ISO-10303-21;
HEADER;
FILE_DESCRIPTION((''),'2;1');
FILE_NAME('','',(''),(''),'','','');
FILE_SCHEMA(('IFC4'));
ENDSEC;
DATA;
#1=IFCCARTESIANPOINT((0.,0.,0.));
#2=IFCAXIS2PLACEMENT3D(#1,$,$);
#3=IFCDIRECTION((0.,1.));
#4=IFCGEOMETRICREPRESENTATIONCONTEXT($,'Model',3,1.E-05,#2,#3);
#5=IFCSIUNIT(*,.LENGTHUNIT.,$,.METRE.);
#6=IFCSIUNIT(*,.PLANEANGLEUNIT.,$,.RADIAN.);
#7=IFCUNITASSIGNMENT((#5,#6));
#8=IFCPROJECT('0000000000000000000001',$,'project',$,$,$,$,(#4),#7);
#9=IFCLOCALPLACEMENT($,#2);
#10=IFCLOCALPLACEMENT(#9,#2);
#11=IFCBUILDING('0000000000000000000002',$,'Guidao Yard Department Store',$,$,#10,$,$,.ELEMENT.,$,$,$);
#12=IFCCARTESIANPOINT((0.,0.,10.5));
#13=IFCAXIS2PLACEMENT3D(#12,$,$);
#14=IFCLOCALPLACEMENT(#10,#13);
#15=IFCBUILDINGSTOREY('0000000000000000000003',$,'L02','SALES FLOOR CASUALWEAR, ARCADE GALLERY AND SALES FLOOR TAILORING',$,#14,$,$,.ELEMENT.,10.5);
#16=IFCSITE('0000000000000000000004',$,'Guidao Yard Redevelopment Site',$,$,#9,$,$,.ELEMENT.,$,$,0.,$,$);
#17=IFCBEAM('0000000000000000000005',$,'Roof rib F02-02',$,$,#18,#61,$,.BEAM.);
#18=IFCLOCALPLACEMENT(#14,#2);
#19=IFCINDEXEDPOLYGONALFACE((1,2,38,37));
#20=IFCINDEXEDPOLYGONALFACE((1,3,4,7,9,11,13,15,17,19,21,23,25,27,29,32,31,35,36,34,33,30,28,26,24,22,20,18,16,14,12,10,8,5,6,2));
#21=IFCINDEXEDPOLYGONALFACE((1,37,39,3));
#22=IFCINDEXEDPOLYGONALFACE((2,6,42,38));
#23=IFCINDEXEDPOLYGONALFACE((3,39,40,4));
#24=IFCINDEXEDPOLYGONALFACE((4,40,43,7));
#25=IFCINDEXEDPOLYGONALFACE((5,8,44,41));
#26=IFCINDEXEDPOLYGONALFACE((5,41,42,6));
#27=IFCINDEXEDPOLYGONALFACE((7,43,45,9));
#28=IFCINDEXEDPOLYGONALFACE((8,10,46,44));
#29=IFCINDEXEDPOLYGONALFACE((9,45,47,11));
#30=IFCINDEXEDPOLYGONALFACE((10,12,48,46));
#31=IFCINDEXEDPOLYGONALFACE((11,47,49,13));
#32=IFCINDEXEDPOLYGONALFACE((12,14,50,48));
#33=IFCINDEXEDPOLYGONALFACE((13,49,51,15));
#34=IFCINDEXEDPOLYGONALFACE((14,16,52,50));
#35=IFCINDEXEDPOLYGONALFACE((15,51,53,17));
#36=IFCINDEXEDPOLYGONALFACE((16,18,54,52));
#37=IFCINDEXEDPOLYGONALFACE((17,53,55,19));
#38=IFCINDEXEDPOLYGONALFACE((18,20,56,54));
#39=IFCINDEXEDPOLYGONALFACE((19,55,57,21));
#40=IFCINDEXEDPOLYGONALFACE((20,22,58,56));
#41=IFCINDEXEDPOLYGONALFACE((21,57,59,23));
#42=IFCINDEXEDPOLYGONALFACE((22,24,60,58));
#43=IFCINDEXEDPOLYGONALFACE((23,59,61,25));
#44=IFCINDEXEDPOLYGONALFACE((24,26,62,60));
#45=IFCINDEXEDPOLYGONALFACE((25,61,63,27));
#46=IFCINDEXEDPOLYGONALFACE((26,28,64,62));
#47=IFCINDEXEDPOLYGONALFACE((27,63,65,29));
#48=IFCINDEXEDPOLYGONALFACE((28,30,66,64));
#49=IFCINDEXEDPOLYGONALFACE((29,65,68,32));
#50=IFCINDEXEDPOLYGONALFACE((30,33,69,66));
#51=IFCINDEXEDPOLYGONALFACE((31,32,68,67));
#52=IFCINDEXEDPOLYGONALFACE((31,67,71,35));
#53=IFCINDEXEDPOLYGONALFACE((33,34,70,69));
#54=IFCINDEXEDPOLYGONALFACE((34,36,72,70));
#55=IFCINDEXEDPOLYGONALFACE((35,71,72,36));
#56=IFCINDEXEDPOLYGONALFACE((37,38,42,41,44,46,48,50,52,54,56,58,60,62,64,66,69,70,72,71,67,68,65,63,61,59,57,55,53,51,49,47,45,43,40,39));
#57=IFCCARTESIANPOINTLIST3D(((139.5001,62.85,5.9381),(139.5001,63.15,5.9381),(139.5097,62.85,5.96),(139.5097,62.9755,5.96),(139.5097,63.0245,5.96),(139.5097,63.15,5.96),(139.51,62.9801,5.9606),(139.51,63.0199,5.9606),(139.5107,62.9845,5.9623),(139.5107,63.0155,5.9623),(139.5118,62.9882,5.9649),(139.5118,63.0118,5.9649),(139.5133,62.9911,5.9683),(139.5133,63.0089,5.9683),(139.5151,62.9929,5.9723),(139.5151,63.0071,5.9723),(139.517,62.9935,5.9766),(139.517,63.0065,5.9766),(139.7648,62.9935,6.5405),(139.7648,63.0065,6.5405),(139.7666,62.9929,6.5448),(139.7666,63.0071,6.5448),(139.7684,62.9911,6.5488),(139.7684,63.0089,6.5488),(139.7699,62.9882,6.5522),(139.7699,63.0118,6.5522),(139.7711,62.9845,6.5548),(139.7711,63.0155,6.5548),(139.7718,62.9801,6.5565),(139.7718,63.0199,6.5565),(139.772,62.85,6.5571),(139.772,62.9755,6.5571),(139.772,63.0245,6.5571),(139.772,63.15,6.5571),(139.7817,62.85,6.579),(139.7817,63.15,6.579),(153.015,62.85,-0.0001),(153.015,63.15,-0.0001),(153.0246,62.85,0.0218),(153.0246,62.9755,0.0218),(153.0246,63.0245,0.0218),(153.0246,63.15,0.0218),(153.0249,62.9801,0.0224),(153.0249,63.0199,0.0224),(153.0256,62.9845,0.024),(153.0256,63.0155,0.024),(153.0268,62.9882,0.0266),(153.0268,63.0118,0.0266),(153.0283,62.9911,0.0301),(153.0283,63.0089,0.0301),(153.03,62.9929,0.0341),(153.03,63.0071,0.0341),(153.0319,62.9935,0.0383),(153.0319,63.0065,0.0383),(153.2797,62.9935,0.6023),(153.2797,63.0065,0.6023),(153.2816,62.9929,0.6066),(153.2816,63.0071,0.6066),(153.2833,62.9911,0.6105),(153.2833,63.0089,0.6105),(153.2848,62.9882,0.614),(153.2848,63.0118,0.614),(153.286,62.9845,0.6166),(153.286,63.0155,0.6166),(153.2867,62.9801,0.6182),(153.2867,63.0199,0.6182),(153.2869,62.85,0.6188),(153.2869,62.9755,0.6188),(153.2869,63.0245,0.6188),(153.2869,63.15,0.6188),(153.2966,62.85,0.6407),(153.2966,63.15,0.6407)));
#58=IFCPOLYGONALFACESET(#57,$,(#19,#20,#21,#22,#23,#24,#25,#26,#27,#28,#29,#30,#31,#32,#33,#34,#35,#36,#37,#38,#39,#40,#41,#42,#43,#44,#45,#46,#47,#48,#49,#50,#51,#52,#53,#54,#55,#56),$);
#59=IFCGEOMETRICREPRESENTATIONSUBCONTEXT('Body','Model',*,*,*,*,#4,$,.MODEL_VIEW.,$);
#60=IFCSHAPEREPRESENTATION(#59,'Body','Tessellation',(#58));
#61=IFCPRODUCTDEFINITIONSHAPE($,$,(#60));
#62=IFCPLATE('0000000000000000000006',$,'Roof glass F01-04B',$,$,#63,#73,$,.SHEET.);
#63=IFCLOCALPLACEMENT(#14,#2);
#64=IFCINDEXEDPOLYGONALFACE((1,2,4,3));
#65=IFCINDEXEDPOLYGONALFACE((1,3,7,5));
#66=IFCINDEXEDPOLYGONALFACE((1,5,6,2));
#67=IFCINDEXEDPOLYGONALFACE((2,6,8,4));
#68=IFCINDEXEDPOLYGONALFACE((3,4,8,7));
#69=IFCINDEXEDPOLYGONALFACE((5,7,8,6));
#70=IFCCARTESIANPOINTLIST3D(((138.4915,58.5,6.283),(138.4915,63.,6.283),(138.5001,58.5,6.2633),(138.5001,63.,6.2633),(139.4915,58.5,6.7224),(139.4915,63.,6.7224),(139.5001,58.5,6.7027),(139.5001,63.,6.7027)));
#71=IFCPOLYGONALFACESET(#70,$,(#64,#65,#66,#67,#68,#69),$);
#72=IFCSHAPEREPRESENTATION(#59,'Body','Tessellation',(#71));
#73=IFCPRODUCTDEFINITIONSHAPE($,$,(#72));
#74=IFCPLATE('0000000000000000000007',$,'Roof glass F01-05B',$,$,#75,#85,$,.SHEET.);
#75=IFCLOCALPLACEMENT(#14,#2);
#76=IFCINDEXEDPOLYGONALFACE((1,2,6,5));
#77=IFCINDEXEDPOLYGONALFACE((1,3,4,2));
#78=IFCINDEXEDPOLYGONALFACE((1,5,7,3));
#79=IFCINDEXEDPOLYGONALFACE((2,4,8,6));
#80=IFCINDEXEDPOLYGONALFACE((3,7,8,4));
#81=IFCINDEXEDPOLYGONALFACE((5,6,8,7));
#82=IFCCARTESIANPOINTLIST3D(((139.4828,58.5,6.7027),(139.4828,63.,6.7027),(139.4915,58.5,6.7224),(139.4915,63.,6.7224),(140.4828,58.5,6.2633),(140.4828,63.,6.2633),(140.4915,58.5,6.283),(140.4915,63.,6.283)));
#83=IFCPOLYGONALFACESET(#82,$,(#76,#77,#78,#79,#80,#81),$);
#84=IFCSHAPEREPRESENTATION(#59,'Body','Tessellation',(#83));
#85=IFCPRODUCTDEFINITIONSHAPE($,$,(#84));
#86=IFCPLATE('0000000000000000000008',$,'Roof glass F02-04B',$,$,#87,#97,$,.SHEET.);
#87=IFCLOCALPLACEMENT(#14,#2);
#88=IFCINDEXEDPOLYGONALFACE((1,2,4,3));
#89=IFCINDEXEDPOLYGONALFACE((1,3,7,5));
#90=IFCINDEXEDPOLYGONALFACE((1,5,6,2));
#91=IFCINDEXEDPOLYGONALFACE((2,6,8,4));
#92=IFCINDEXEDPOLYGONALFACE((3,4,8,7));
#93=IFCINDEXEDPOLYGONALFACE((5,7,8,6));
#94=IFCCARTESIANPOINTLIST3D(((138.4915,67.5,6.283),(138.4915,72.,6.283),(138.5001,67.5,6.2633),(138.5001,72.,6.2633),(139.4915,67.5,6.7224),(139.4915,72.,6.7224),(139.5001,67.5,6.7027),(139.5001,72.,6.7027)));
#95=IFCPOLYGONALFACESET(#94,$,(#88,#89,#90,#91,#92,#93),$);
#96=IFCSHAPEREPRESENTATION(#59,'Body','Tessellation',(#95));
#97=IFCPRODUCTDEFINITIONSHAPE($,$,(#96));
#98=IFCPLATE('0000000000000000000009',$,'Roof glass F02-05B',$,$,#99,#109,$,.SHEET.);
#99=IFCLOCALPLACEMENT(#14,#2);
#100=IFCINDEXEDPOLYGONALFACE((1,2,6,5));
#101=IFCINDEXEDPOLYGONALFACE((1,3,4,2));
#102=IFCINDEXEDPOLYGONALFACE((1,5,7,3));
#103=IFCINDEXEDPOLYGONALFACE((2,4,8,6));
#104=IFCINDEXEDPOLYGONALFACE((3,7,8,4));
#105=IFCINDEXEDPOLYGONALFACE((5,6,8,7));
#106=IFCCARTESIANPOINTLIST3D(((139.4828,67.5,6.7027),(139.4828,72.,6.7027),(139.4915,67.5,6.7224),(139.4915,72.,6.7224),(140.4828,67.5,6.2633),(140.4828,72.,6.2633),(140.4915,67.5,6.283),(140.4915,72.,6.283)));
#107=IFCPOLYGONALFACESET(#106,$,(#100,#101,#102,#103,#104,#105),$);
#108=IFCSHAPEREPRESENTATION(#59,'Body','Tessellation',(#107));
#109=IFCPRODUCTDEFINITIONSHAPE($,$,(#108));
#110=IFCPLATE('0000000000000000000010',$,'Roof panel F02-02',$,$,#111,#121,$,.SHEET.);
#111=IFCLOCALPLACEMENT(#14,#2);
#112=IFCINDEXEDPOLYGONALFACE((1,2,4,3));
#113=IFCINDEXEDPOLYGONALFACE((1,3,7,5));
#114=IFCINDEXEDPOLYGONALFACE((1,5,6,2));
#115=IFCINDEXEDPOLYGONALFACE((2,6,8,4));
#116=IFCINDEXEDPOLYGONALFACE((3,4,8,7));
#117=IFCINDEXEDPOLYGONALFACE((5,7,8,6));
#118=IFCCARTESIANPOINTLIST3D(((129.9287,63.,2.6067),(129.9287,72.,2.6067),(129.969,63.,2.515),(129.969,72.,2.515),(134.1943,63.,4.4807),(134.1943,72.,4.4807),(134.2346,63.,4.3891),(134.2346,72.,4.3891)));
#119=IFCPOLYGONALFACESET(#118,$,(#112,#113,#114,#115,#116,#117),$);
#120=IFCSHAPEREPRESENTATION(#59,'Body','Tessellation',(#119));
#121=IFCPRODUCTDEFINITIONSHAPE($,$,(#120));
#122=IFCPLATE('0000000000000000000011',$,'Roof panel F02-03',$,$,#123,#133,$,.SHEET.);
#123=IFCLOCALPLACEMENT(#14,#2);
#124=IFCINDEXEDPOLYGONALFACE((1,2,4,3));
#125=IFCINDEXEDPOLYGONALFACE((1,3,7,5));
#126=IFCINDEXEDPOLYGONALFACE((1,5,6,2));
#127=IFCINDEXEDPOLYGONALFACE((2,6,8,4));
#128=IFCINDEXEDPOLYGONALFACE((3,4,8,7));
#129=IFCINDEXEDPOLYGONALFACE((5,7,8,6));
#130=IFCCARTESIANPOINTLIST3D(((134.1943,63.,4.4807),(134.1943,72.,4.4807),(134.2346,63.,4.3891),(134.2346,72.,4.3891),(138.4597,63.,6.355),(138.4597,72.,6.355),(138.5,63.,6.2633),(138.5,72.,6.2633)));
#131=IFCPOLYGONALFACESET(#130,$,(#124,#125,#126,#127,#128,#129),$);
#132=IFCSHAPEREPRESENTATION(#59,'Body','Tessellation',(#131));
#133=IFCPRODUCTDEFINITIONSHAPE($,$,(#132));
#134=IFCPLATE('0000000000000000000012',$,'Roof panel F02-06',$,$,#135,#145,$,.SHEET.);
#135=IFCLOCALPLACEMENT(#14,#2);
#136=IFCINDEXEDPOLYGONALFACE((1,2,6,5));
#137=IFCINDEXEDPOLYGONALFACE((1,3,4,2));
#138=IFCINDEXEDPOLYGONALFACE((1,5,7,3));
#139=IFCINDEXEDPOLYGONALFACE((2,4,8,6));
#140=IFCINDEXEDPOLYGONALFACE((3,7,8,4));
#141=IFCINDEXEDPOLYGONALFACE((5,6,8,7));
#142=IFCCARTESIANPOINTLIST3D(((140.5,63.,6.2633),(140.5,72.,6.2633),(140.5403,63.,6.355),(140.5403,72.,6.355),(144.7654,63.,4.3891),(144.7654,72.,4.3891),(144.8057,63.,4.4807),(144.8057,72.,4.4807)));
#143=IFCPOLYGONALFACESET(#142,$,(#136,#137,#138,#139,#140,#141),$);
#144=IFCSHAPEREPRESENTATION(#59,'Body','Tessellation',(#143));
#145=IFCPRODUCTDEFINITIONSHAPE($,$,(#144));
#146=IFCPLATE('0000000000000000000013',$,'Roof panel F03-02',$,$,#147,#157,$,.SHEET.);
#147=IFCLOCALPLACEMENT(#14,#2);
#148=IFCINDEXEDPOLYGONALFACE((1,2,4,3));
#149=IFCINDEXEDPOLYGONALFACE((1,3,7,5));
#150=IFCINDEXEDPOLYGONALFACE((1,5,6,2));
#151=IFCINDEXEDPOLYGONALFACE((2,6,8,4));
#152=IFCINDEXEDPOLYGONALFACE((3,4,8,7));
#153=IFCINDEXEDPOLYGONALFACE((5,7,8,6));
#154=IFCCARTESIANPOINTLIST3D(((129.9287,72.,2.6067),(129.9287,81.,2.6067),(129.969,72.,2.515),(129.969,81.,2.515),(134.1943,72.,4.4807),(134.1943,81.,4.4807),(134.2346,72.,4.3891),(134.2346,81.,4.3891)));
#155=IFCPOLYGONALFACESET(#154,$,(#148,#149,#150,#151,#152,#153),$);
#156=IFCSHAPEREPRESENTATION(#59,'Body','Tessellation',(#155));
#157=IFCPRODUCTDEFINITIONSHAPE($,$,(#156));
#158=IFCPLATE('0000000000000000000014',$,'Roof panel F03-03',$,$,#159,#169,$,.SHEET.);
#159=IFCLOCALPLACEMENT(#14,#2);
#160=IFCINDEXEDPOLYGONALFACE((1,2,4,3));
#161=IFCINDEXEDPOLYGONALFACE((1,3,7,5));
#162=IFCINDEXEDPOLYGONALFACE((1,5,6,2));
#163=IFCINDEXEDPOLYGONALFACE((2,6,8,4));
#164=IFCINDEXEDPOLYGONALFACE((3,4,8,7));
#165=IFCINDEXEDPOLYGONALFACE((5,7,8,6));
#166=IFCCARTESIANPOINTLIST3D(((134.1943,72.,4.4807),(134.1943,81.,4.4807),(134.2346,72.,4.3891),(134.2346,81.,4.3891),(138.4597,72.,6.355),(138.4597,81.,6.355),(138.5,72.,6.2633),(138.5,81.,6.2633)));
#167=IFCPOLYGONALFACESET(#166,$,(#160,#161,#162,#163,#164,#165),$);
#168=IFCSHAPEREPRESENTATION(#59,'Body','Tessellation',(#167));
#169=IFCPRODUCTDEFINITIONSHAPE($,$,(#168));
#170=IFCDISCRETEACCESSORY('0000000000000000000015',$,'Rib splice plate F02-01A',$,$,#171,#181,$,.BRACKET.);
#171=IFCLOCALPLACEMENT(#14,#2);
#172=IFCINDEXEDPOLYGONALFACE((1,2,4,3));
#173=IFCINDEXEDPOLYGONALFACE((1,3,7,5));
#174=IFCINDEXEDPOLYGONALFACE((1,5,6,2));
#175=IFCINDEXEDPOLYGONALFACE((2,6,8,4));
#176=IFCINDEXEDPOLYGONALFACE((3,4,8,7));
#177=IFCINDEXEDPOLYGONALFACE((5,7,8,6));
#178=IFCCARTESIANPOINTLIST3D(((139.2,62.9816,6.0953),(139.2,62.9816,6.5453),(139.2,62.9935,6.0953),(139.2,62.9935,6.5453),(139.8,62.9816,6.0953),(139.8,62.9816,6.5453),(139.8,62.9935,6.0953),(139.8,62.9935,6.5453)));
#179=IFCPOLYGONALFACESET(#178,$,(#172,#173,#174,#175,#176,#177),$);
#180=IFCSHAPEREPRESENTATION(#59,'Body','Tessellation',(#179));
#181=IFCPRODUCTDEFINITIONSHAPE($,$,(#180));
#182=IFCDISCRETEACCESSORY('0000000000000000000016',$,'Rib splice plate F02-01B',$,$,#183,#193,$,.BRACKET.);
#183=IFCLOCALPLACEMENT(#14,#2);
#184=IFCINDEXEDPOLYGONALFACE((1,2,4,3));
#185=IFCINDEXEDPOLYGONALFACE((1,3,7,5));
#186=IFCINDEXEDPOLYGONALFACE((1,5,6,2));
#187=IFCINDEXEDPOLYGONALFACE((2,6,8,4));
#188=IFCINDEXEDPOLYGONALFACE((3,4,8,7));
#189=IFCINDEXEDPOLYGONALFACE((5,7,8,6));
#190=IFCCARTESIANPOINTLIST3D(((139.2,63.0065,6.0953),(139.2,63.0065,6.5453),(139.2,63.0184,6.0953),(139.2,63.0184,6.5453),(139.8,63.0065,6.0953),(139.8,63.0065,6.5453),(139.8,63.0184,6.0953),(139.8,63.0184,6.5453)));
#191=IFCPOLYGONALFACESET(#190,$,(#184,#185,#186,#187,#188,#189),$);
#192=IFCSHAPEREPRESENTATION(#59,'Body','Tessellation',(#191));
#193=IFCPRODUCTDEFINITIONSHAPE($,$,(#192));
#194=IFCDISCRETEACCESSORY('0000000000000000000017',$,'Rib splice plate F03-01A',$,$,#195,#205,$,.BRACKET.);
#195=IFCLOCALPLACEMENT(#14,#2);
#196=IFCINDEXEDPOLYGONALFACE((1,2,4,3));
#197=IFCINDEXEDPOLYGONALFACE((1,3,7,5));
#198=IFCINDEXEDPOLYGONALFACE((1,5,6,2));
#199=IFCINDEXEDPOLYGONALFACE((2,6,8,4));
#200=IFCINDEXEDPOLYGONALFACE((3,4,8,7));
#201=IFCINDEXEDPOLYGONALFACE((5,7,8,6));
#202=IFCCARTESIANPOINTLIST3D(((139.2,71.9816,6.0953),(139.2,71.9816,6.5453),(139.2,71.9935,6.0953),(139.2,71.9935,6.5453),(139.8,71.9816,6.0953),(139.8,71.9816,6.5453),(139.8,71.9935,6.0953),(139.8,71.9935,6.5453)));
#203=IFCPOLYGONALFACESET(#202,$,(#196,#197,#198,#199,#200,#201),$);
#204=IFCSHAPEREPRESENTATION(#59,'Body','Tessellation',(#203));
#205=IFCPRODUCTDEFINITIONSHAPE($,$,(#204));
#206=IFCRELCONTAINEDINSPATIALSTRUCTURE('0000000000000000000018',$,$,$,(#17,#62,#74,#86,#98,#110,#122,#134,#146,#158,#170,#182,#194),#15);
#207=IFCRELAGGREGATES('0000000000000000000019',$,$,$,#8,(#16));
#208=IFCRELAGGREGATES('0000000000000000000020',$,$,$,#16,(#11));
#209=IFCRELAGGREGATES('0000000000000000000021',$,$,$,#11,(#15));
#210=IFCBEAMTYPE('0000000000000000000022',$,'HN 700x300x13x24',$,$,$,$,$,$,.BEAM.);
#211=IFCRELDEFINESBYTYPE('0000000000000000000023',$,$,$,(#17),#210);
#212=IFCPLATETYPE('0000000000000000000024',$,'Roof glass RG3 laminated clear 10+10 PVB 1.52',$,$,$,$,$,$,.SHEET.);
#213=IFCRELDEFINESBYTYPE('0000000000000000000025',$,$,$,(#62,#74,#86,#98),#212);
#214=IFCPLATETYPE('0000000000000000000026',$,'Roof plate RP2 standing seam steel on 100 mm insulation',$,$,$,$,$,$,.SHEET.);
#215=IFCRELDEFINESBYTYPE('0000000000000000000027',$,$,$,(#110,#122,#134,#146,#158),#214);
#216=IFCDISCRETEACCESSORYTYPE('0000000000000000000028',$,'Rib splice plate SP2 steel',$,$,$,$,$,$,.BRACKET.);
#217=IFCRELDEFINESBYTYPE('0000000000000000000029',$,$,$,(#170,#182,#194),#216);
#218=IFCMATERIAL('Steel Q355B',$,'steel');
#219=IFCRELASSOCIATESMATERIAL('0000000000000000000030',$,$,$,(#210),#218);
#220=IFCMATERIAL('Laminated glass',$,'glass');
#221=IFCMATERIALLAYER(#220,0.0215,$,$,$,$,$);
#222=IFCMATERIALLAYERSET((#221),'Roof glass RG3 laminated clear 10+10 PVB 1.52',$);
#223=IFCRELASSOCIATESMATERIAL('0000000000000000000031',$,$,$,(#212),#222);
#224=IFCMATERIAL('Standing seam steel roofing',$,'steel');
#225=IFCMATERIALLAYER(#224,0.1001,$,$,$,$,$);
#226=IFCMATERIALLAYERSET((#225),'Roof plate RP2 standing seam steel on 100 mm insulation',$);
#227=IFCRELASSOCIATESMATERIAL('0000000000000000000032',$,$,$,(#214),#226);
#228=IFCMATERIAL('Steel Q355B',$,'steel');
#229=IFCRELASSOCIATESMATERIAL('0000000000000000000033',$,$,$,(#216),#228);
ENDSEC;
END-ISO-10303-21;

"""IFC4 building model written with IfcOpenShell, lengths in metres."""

from ifc_helpers import new_model, si_unit, direction, frame, origin, origin_2d, place, context, subcontext, project, spatial, polyline, rectangle, i_section, outline, extrude, material, layer, layer_set, material_profile, profile_set, type_object, element, save


model = new_model("IFC4")

# Units and contexts
model_context = context("Model", 3, precision=1e-05, world=origin(), true_north=direction((0.0, 1.0)))
body_context = subcontext(model_context, "Body", "Model", "MODEL_VIEW")
ifc_project = project(units=[si_unit("LENGTHUNIT", "METRE"), si_unit("PLANEANGLEUNIT", "RADIAN")], contexts=[model_context])

# Site, building, storey
site_placement = place(None, origin())
site = spatial("IfcSite", under=ifc_project, at=site_placement, Name="Guidao Yard Redevelopment Site", CompositionType="ELEMENT", RefElevation=0.0)
building_placement = place(site_placement, origin())
building = spatial("IfcBuilding", under=site, at=building_placement, Name="Guidao Yard Department Store", CompositionType="ELEMENT")
storey_placement = place(building_placement, frame((0.0, 0.0, 10.5)))
storey = spatial("IfcBuildingStorey", under=building, at=storey_placement, Name="L02", Description="SALES FLOOR CASUALWEAR, ARCADE GALLERY AND SALES FLOOR TAILORING", CompositionType="ELEMENT", Elevation=10.5)

# Beam
ifc_material_1 = material(Name="Steel Q355B", Category="steel")
ifc_material_profile_1 = material_profile(ifc_material_1, i_section(OverallWidth=0.3, OverallDepth=0.7, WebThickness=0.0129, FlangeThickness=0.0239, FilletRadius=0.0181, at=origin_2d()), Name="HN 700x300x13x24")
ifc_profile_set_1 = profile_set([ifc_material_profile_1], Name="Steel Q355B")
beam_type = type_object("IfcBeamType", Name="HN 700x300x13x24", PredefinedType="BEAM", material=ifc_profile_set_1)
beam_placement = place(storey_placement, frame((139.6409, 63.0, 6.2585), z_axis=(0.915523, 0.0, -0.402266), x_axis=(0.0, 1.0, 0.0)))
element("IfcBeam", 1, at=beam_placement, inside=storey, type_object=beam_type, Name="Roof rib F02-02", PredefinedType="BEAM", context=body_context, shape_type="SweptSolid", body=[
    extrude(i_section(OverallWidth=0.3, OverallDepth=0.7, WebThickness=0.0129, FlangeThickness=0.0239, FilletRadius=0.0181, at=origin_2d()), origin(), (0.0, 0.0, 1.0), 14.762),
])

# Plates
ifc_material_2 = material(Name="Laminated glass", Category="glass")
ifc_layer_1 = layer(ifc_material_2, 0.0215)
ifc_layer_set_1 = layer_set([ifc_layer_1], Name="Roof glass RG3 laminated clear 10+10 PVB 1.52")
plate_type_1 = type_object("IfcPlateType", Name="Roof glass RG3 laminated clear 10+10 PVB 1.52", PredefinedType="SHEET", material=ifc_layer_set_1)
for number, where, z_axis, x_axis, name in (
    (2, (138.4915, 58.5, 6.283), (-0.402319, 0.0, 0.915499), (0.915499, 0.0, 0.402319), "Roof glass F01-04B"),
    (3, (139.4915, 58.5, 6.7224), (0.402319, 0.0, 0.915499), (0.915499, 0.0, -0.402319), "Roof glass F01-05B"),
    (4, (138.4915, 67.5, 6.283), (-0.402319, 0.0, 0.915499), (0.915499, 0.0, 0.402319), "Roof glass F02-04B"),
    (5, (139.4915, 67.5, 6.7224), (0.402319, 0.0, 0.915499), (0.915499, 0.0, -0.402319), "Roof glass F02-05B"),
):
    element("IfcPlate", number, at=place(storey_placement, frame(where, z_axis=z_axis, x_axis=x_axis)), inside=storey, type_object=plate_type_1, Name=name, PredefinedType="SHEET", context=body_context, shape_type="SweptSolid", body=[
        extrude(outline(polyline([(0.0, 0.0), (1.0923, 0.0), (1.0923, 4.5), (0.0, 4.5), (0.0, 0.0)])), origin(), (0.0, 0.0, -1.0), 0.0215),
    ])
ifc_material_3 = material(Name="Standing seam steel roofing", Category="steel")
ifc_layer_2 = layer(ifc_material_3, 0.1001)
ifc_layer_set_2 = layer_set([ifc_layer_2], Name="Roof plate RP2 standing seam steel on 100 mm insulation")
plate_type_2 = type_object("IfcPlateType", Name="Roof plate RP2 standing seam steel on 100 mm insulation", PredefinedType="SHEET", material=ifc_layer_set_2)
plate_1_placement = place(storey_placement, frame((129.9287, 63.0, 2.6067), z_axis=(-0.402226, 0.0, 0.915541), x_axis=(0.915541, 0.0, 0.402226)))
element("IfcPlate", 6, at=plate_1_placement, inside=storey, type_object=plate_type_2, Name="Roof panel F02-02", PredefinedType="SHEET", context=body_context, shape_type="SweptSolid", body=[
    extrude(outline(polyline([(0.0, 0.0), (4.6591, 0.0), (4.6591, 9.0), (0.0, 9.0), (0.0, 0.0)])), origin(), (0.0, 0.0, -1.0), 0.1001),
])
for number, where, z_axis, x_axis, name in (
    (7, (134.1943, 63.0, 4.4807), (-0.402289, 0.0, 0.915513), (0.915513, 0.0, 0.402289), "Roof panel F02-03"),
    (8, (140.5403, 63.0, 6.355), (0.402289, 0.0, 0.915513), (0.915513, 0.0, -0.402289), "Roof panel F02-06"),
):
    element("IfcPlate", number, at=place(storey_placement, frame(where, z_axis=z_axis, x_axis=x_axis)), inside=storey, type_object=plate_type_2, Name=name, PredefinedType="SHEET", context=body_context, shape_type="SweptSolid", body=[
        extrude(outline(polyline([(0.0, 0.0), (4.659, 0.0), (4.659, 9.0), (0.0, 9.0), (0.0, 0.0)])), origin(), (0.0, 0.0, -1.0), 0.1001),
    ])
plate_2_placement = place(storey_placement, frame((129.9287, 72.0, 2.6067), z_axis=(-0.402226, 0.0, 0.915541), x_axis=(0.915541, 0.0, 0.402226)))
element("IfcPlate", 9, at=plate_2_placement, inside=storey, type_object=plate_type_2, Name="Roof panel F03-02", PredefinedType="SHEET", context=body_context, shape_type="SweptSolid", body=[
    extrude(outline(polyline([(0.0, 0.0), (4.6591, 0.0), (4.6591, 9.0), (0.0, 9.0), (0.0, 0.0)])), origin(), (0.0, 0.0, -1.0), 0.1001),
])
plate_3_placement = place(storey_placement, frame((134.1943, 72.0, 4.4807), z_axis=(-0.402289, 0.0, 0.915513), x_axis=(0.915513, 0.0, 0.402289)))
element("IfcPlate", 10, at=plate_3_placement, inside=storey, type_object=plate_type_2, Name="Roof panel F03-03", PredefinedType="SHEET", context=body_context, shape_type="SweptSolid", body=[
    extrude(outline(polyline([(0.0, 0.0), (4.659, 0.0), (4.659, 9.0), (0.0, 9.0), (0.0, 0.0)])), origin(), (0.0, 0.0, -1.0), 0.1001),
])

# Discrete accessories
ifc_material_4 = material(Name="Steel Q355B", Category="steel")
ifc_material_profile_2 = material_profile(ifc_material_4, rectangle(XDim=0.012, YDim=0.45, at=origin_2d()), Name="Splice plate 450x12")
ifc_profile_set_2 = profile_set([ifc_material_profile_2], Name="Steel Q355B")
discrete_accessory_type_1 = type_object("IfcDiscreteAccessoryType", Name="Rib splice plate SP2 steel", PredefinedType="BRACKET", material=ifc_profile_set_2)
for number, where, z_axis, x_axis, name in (
    (11, (139.2, 62.9875, 6.3203), (1.0, 0.0, 0.0), (0.0, 1.0, 0.0), "Rib splice plate F02-01A"),
    (12, (139.2, 63.0125, 6.3203), (1.0, 0.0, 0.0), (0.0, 1.0, 0.0), "Rib splice plate F02-01B"),
    (13, (139.2, 71.9875, 6.3203), (1.0, 0.0, 0.0), (0.0, 1.0, 0.0), "Rib splice plate F03-01A"),
):
    element("IfcDiscreteAccessory", number, at=place(storey_placement, frame(where, z_axis=z_axis, x_axis=x_axis)), inside=storey, type_object=discrete_accessory_type_1, Name=name, PredefinedType="BRACKET", context=body_context, shape_type="SweptSolid", body=[
        extrude(rectangle(XDim=0.012, YDim=0.45, at=origin_2d()), origin(), (0.0, 0.0, 1.0), 0.6001),
    ])

save(model, "model.ifc")
